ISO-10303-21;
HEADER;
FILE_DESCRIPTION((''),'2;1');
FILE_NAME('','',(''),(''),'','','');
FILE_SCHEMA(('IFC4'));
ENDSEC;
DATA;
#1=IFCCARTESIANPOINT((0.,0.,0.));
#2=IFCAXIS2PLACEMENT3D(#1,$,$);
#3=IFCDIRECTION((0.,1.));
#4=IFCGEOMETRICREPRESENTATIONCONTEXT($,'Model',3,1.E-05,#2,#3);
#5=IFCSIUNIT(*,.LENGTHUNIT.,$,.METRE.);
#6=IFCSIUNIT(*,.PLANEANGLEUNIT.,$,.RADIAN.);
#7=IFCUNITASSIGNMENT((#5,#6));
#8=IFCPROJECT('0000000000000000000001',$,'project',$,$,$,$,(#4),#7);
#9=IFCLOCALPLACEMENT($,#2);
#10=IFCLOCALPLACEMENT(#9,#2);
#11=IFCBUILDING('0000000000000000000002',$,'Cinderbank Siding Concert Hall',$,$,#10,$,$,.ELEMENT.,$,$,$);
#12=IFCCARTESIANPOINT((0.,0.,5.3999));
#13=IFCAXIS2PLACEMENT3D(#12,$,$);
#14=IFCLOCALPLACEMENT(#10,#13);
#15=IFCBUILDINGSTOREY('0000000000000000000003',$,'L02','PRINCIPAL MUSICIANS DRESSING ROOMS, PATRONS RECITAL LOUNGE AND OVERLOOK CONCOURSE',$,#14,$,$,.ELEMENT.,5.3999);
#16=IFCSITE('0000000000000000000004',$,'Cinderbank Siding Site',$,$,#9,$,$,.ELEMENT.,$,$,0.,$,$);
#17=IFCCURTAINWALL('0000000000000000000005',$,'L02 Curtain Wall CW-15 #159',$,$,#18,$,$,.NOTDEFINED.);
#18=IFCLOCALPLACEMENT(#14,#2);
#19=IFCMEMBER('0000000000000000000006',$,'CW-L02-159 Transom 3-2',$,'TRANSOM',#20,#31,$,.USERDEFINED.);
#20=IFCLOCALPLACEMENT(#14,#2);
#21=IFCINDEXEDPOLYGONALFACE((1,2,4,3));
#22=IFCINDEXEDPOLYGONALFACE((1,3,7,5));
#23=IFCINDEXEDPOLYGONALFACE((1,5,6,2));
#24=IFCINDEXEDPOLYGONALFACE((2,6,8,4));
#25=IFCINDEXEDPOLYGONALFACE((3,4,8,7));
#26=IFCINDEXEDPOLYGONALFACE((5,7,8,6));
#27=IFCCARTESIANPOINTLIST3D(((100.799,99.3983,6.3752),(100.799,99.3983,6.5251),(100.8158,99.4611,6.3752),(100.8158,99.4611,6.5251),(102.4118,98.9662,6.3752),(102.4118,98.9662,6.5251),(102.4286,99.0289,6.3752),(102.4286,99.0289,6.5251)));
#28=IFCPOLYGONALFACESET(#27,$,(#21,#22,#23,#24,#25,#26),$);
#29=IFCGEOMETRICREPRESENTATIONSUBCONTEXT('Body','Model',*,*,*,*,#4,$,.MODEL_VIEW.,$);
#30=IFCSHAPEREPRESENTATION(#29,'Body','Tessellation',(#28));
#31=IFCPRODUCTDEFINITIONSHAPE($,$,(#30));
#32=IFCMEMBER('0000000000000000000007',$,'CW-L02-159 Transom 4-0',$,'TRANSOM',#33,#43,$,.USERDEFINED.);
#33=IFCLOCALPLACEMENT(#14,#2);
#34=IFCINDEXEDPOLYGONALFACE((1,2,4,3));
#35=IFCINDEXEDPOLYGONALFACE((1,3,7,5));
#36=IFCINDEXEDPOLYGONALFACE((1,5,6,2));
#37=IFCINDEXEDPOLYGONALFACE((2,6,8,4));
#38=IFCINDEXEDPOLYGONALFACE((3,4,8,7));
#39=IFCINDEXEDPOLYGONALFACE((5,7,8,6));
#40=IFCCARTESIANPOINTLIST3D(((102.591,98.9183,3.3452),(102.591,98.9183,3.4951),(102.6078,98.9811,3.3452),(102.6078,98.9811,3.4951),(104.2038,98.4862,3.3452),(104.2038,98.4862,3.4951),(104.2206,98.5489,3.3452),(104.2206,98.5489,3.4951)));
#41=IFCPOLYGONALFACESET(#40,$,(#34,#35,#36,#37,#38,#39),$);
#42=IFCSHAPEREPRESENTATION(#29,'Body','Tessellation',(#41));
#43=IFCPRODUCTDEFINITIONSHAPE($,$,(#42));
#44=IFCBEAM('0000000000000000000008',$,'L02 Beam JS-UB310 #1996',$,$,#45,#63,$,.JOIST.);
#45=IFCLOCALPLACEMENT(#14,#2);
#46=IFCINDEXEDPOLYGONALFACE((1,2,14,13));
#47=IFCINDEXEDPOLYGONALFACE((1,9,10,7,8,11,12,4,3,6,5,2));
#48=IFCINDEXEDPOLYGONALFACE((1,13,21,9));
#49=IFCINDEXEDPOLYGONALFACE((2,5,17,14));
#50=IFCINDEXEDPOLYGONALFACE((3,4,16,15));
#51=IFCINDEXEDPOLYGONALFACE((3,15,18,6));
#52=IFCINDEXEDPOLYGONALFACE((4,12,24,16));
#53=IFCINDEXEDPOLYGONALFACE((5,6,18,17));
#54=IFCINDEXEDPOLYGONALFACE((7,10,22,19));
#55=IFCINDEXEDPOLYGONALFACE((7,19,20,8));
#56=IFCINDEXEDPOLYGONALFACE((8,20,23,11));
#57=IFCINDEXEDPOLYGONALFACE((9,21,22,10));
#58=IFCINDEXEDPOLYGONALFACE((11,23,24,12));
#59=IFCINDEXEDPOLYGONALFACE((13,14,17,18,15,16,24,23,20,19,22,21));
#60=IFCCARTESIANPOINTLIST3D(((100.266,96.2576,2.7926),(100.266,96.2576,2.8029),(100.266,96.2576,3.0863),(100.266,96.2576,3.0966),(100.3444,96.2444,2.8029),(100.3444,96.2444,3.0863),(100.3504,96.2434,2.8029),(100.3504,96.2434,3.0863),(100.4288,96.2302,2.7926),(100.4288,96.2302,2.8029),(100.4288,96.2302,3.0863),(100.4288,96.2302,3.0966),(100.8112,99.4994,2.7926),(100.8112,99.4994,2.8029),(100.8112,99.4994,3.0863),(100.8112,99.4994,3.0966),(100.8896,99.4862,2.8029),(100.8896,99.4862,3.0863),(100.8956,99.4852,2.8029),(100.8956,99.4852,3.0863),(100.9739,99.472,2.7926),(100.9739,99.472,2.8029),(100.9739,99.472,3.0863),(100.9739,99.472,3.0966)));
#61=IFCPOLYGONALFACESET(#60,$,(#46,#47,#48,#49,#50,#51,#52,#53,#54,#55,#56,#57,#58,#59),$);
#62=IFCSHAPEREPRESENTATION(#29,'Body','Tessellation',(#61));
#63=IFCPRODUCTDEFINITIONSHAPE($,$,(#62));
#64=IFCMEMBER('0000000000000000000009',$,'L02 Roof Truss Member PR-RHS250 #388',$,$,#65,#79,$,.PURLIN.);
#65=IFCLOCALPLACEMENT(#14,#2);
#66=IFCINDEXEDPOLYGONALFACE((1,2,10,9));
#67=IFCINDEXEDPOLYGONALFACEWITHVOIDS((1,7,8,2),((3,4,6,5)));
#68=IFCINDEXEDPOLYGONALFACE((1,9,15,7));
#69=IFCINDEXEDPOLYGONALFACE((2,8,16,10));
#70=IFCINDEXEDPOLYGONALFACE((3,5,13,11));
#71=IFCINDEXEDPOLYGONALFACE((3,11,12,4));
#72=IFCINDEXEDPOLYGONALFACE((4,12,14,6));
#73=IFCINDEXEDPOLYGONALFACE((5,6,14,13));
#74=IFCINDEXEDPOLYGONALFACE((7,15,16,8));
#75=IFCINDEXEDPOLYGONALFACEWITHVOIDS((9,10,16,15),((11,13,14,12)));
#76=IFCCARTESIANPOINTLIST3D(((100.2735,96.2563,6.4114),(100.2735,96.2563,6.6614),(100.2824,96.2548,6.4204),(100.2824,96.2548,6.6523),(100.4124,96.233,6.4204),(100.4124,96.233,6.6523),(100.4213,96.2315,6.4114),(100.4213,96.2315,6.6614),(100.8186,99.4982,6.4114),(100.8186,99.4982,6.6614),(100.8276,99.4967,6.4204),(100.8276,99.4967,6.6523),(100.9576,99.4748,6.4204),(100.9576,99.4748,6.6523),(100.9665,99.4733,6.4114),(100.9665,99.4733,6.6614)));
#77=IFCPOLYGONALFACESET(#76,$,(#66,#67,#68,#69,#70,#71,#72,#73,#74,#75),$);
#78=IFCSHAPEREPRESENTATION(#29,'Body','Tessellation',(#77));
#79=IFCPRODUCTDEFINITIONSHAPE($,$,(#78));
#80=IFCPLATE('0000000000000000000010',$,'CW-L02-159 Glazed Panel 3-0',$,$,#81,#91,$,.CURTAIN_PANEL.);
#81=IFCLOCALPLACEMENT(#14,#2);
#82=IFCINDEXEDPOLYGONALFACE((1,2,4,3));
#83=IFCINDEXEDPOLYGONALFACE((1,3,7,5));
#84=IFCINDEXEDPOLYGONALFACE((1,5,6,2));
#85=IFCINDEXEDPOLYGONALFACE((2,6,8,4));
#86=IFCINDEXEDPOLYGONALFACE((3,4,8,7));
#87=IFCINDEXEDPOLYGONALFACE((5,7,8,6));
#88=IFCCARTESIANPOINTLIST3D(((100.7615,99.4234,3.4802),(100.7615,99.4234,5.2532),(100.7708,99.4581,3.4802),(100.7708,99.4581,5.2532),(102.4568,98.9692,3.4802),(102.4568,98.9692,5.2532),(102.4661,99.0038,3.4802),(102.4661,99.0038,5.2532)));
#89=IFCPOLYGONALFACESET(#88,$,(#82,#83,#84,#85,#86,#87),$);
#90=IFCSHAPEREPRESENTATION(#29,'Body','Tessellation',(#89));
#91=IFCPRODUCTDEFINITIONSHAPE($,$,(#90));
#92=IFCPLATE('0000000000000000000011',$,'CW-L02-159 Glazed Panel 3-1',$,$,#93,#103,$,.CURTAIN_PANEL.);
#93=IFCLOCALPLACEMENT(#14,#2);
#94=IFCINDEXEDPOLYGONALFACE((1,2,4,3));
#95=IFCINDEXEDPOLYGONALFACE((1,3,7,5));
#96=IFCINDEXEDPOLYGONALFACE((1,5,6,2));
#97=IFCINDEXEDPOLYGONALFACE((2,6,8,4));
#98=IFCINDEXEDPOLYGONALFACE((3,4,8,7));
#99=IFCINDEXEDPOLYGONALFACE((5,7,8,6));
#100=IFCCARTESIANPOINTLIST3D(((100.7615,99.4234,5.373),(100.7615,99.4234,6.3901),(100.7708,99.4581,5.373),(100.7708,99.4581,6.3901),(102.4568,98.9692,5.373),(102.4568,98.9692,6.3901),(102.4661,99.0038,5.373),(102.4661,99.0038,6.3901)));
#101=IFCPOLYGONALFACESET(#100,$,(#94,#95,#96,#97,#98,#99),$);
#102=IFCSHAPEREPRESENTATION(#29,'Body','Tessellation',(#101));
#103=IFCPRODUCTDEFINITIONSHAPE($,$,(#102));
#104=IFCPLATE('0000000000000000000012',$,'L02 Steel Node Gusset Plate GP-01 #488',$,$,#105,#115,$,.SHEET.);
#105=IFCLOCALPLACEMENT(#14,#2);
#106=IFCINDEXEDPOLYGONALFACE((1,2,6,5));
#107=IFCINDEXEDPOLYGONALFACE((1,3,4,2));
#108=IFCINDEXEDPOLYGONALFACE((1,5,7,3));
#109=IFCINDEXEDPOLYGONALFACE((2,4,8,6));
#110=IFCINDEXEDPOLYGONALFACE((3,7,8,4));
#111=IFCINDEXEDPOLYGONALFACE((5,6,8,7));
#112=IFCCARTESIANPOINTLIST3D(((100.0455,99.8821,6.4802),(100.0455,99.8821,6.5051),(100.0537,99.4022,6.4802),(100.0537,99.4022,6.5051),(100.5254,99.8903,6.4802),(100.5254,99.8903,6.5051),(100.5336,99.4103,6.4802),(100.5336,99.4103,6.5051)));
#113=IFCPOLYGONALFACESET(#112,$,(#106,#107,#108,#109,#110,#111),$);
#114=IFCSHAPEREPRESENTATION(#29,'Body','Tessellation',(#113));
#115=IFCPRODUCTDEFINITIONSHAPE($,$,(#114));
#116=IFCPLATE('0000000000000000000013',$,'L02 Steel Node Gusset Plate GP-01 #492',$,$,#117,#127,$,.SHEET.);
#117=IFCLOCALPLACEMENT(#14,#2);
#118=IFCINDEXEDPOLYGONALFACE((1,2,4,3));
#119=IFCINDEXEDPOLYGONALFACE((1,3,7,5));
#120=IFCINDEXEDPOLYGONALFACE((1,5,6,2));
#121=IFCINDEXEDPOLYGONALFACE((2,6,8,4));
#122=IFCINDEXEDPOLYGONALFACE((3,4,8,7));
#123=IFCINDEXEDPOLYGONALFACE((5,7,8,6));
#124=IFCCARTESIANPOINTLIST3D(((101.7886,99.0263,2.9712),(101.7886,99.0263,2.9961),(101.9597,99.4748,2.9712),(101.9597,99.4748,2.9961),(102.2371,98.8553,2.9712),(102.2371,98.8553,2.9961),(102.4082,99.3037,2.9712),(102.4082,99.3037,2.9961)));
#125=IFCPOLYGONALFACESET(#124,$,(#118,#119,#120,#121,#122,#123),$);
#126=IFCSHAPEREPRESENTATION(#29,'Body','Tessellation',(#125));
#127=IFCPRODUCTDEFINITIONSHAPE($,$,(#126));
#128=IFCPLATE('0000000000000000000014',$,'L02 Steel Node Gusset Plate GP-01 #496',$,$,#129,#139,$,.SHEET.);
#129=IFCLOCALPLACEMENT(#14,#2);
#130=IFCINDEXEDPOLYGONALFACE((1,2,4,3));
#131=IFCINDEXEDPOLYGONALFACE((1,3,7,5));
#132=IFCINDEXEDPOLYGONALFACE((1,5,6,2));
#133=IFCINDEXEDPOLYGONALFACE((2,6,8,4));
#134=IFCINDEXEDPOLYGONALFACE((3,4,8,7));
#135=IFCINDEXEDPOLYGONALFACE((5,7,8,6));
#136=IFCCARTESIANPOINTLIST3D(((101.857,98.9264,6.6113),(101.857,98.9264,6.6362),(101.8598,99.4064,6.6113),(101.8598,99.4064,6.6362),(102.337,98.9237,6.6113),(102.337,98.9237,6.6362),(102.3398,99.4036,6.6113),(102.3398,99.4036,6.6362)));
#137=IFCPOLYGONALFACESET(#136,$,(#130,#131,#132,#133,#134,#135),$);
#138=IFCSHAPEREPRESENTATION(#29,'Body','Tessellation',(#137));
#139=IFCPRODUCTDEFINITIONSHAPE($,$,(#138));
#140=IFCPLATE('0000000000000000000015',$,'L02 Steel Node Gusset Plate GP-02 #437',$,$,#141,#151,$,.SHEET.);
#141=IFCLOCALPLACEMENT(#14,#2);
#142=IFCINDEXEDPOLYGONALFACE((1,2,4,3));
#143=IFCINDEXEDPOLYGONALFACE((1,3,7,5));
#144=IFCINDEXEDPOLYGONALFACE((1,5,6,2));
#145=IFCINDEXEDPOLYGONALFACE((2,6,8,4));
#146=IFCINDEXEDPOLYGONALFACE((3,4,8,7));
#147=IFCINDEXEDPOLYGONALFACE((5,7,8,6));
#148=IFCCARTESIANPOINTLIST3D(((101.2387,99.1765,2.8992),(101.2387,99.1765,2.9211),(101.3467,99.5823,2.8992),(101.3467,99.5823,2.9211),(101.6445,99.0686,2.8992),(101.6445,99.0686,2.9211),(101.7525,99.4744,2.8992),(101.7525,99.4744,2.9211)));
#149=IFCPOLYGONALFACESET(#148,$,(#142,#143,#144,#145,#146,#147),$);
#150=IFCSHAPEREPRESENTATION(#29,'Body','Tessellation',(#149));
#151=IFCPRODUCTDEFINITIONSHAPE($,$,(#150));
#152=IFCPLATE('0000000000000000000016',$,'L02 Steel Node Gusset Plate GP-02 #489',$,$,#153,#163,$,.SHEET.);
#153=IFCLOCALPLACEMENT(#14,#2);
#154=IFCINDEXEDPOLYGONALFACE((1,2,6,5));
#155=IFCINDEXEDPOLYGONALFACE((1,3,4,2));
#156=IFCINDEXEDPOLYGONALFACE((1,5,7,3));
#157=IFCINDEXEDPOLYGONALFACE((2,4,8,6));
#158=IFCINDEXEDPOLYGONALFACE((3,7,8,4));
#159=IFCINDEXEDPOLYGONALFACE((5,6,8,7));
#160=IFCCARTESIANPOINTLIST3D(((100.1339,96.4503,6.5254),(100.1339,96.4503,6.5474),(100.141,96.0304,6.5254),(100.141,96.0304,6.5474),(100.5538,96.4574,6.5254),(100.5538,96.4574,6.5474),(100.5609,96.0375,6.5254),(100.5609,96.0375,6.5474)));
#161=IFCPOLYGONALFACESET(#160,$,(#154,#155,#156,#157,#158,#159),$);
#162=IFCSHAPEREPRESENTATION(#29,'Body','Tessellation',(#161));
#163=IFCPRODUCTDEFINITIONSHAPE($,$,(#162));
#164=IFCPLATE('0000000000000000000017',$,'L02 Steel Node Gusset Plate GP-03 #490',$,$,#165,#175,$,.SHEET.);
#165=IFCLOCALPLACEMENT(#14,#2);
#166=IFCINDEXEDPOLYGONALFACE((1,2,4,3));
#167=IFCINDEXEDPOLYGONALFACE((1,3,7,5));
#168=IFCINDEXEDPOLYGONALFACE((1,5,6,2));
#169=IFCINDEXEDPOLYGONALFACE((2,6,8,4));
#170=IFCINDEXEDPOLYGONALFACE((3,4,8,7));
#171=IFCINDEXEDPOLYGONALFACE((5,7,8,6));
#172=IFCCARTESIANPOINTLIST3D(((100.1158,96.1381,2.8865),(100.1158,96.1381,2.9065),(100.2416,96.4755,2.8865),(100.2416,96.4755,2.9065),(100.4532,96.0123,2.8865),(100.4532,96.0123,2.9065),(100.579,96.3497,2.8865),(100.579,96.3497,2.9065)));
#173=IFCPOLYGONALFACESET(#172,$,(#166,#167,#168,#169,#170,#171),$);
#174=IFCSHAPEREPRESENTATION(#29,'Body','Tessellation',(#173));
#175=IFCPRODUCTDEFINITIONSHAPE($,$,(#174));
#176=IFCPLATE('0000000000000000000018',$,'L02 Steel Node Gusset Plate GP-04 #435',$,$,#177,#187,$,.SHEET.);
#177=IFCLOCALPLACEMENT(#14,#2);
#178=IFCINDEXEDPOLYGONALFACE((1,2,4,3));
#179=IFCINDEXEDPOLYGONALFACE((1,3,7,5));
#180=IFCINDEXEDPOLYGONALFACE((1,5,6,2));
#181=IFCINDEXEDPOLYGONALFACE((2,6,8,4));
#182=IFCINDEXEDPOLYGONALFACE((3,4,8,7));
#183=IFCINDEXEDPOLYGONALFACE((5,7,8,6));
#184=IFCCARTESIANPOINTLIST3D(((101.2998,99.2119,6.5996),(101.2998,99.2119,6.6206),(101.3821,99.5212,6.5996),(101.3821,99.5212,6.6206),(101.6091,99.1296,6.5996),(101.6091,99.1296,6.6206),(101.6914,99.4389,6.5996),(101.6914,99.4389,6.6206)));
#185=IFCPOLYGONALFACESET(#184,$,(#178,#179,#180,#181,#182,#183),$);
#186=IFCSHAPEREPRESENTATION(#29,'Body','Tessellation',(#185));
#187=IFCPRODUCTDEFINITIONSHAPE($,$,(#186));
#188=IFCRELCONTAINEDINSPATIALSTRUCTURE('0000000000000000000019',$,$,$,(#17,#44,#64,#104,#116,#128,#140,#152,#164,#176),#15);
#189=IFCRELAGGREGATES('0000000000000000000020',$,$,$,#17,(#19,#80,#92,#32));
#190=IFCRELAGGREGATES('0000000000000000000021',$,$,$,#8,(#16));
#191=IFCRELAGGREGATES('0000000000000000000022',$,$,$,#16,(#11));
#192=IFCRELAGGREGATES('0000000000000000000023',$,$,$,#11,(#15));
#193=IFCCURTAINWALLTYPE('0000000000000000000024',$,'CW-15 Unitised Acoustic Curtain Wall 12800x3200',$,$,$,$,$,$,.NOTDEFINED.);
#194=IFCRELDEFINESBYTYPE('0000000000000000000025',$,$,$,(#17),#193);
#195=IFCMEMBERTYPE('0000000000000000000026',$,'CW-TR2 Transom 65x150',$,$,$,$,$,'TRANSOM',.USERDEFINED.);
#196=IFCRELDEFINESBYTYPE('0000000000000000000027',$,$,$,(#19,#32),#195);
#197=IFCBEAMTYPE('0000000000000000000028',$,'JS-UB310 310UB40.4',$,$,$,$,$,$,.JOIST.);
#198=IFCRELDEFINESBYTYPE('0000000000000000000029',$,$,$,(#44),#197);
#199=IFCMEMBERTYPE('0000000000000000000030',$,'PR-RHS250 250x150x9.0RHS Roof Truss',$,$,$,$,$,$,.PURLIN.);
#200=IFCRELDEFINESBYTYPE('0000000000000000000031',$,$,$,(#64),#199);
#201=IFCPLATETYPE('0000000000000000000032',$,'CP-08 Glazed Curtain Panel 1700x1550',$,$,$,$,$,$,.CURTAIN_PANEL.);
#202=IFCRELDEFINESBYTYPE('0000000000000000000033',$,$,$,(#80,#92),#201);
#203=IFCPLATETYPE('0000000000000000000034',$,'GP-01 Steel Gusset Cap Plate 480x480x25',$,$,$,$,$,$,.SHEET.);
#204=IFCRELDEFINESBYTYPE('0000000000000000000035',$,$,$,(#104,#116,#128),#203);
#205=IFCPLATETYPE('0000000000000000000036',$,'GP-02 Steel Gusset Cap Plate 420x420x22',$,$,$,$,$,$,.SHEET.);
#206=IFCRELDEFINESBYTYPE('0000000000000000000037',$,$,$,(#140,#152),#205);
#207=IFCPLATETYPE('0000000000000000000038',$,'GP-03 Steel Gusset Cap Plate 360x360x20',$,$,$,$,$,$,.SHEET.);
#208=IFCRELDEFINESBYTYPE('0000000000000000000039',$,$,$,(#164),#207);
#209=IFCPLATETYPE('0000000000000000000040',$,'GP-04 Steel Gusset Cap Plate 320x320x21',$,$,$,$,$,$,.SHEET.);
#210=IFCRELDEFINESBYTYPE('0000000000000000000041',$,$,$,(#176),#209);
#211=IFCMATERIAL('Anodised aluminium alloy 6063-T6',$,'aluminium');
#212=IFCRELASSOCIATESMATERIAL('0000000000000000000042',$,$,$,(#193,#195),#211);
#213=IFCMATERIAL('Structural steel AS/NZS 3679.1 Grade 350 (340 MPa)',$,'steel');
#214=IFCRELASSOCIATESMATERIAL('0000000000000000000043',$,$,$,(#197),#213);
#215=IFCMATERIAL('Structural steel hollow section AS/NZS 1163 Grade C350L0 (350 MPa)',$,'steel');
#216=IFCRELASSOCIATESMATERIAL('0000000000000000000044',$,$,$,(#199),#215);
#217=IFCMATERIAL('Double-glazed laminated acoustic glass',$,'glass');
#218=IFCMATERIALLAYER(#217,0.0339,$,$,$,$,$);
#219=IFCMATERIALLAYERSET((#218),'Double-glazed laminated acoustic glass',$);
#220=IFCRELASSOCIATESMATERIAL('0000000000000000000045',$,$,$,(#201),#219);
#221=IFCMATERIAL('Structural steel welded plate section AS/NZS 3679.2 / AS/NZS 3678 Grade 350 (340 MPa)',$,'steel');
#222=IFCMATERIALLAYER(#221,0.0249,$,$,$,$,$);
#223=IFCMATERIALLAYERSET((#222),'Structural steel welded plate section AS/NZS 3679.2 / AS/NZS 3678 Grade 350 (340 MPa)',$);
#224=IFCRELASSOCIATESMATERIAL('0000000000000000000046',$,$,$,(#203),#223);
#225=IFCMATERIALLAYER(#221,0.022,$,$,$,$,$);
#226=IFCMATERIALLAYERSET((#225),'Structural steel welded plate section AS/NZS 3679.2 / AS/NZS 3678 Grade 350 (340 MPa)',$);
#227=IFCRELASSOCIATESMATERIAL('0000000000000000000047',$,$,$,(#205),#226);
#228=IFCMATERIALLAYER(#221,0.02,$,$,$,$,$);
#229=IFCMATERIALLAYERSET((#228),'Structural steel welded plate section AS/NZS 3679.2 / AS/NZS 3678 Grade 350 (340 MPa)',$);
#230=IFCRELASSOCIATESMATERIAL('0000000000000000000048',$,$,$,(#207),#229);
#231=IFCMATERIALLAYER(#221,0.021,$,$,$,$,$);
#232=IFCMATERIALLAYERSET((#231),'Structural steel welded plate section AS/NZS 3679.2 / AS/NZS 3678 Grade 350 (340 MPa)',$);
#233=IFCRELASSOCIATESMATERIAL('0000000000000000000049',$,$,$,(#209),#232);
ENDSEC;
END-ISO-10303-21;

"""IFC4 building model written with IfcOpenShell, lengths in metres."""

from ifc_helpers import new_model, si_unit, direction, frame, origin, origin_2d, place, context, subcontext, project, spatial, rectangle, hollow_rectangle, i_section, extrude, material, layer, layer_set, material_profile, profile_set, type_object, element, aggregate, save


model = new_model("IFC4")

# Units and contexts
model_context = context("Model", 3, precision=1e-05, world=origin(), true_north=direction((0.0, 1.0)))
body_context = subcontext(model_context, "Body", "Model", "MODEL_VIEW")
ifc_project = project(units=[si_unit("LENGTHUNIT", "METRE"), si_unit("PLANEANGLEUNIT", "RADIAN")], contexts=[model_context])

# Site, building, storey
site_placement = place(None, origin())
site = spatial("IfcSite", under=ifc_project, at=site_placement, Name="Cinderbank Siding Site", CompositionType="ELEMENT", RefElevation=0.0)
building_placement = place(site_placement, origin())
building = spatial("IfcBuilding", under=site, at=building_placement, Name="Cinderbank Siding Concert Hall", CompositionType="ELEMENT")
storey_placement = place(building_placement, frame((0.0, 0.0, 5.3999)))
storey = spatial("IfcBuildingStorey", under=building, at=storey_placement, Name="L02", Description="PRINCIPAL MUSICIANS DRESSING ROOMS, PATRONS RECITAL LOUNGE AND OVERLOOK CONCOURSE", CompositionType="ELEMENT", Elevation=5.3999)

# Shared definitions
ifc_material_1 = material(Name="Structural steel hollow section AS/NZS 1163 Grade C350L0 (350 MPa)", Category="steel")

# Shared definitions
ifc_material_2 = material(Name="Anodised aluminium alloy 6063-T6", Category="aluminium")
curtain_wall_type = type_object("IfcCurtainWallType", Name="CW-15 Unitised Acoustic Curtain Wall 12800x3200", PredefinedType="NOTDEFINED", material=ifc_material_2)

# Curtain wall
curtain_wall_1_placement = place(storey_placement, origin())
curtain_wall_1 = element("IfcCurtainWall", 1, at=curtain_wall_1_placement, inside=storey, type_object=curtain_wall_type, Name="L02 Curtain Wall CW-15 #159", PredefinedType="NOTDEFINED")

# Members
ifc_material_profile_1 = material_profile(ifc_material_2, rectangle(XDim=0.0649, YDim=0.1499, at=origin_2d()), Name="ALU-TRAN-65x150", Category="LoadBearing")
ifc_profile_set_1 = profile_set([ifc_material_profile_1], Name="Anodised aluminium alloy 6063-T6")
member_type_1 = type_object("IfcMemberType", Name="CW-TR2 Transom 65x150", ElementType="TRANSOM", PredefinedType="USERDEFINED", material=ifc_profile_set_1)
member_1_placement = place(storey_placement, frame((100.8074, 99.4297, 6.4502), z_axis=(0.965928, -0.258809, 0.0), x_axis=(0.258809, 0.965928, 0.0)))
member_1 = element("IfcMember", 2, at=member_1_placement, type_object=member_type_1, Name="CW-L02-159 Transom 3-2", ObjectType="TRANSOM", PredefinedType="USERDEFINED", context=body_context, shape_type="SweptSolid", body=[
    extrude(rectangle(XDim=0.0649, YDim=0.1499, at=origin_2d()), origin(), (0.0, 0.0, 1.0), 1.6697),
])
member_2_placement = place(storey_placement, frame((102.5994, 98.9497, 3.4202), z_axis=(0.965928, -0.258809, 0.0), x_axis=(0.258809, 0.965928, 0.0)))
member_2 = element("IfcMember", 3, at=member_2_placement, type_object=member_type_1, Name="CW-L02-159 Transom 4-0", ObjectType="TRANSOM", PredefinedType="USERDEFINED", context=body_context, shape_type="SweptSolid", body=[
    extrude(rectangle(XDim=0.0649, YDim=0.1499, at=origin_2d()), origin(), (0.0, 0.0, 1.0), 1.6697),
])

# Beam
ifc_material_3 = material(Name="Structural steel AS/NZS 3679.1 Grade 350 (340 MPa)", Category="steel")
ifc_material_profile_2 = material_profile(ifc_material_3, i_section(OverallWidth=0.165, OverallDepth=0.304, WebThickness=0.0061, FlangeThickness=0.0103, at=origin_2d()), Name="310UB40.4", Category="LoadBearing")
ifc_profile_set_2 = profile_set([ifc_material_profile_2], Name="Structural steel AS/NZS 3679.1 Grade 350 (340 MPa)")
beam_type = type_object("IfcBeamType", Name="JS-UB310 310UB40.4", PredefinedType="JOIST", material=ifc_profile_set_2)
beam_placement = place(storey_placement, frame((100.3474, 96.2439, 2.9446), z_axis=(0.165832, 0.986154, 0.0), x_axis=(-0.986154, 0.165832, 0.0)))
element("IfcBeam", 4, at=beam_placement, inside=storey, type_object=beam_type, Name="L02 Beam JS-UB310 #1996", PredefinedType="JOIST", context=body_context, shape_type="SweptSolid", body=[
    extrude(i_section(OverallWidth=0.165, OverallDepth=0.304, WebThickness=0.0061, FlangeThickness=0.0103, at=origin_2d()), origin(), (0.0, 0.0, 1.0), 3.2874),
])

# Member
ifc_material_profile_3 = material_profile(ifc_material_1, hollow_rectangle(XDim=0.1499, YDim=0.25, WallThickness=0.009, at=origin_2d()), Name="250x150x9.0RHS", Category="LoadBearing")
ifc_profile_set_3 = profile_set([ifc_material_profile_3], Name="Structural steel hollow section AS/NZS 1163 Grade C350L0 (350 MPa)")
member_type_2 = type_object("IfcMemberType", Name="PR-RHS250 250x150x9.0RHS Roof Truss", PredefinedType="PURLIN", material=ifc_profile_set_3)
member_3_placement = place(storey_placement, frame((100.3474, 96.2439, 6.5364), z_axis=(0.165832, 0.986154, 0.0), x_axis=(-0.986154, 0.165832, 0.0)))
element("IfcMember", 5, at=member_3_placement, inside=storey, type_object=member_type_2, Name="L02 Roof Truss Member PR-RHS250 #388", PredefinedType="PURLIN", context=body_context, shape_type="SweptSolid", body=[
    extrude(hollow_rectangle(XDim=0.1499, YDim=0.25, WallThickness=0.009, at=origin_2d()), origin(), (0.0, 0.0, 1.0), 3.2874),
])

# Plates
ifc_material_4 = material(Name="Double-glazed laminated acoustic glass", Category="glass")
ifc_layer_1 = layer(ifc_material_4, 0.0339)
ifc_layer_set_1 = layer_set([ifc_layer_1], Name="Double-glazed laminated acoustic glass")
plate_type_1 = type_object("IfcPlateType", Name="CP-08 Glazed Curtain Panel 1700x1550", PredefinedType="CURTAIN_PANEL", material=ifc_layer_set_1)
plate_1_placement = place(storey_placement, frame((101.6138, 99.2136, 3.4802), z_axis=(0.0, 0.0, 1.0), x_axis=(0.965926, -0.258818, 0.0)))
plate_1 = element("IfcPlate", 6, at=plate_1_placement, type_object=plate_type_1, Name="CW-L02-159 Glazed Panel 3-0", PredefinedType="CURTAIN_PANEL", context=body_context, shape_type="SweptSolid", body=[
    extrude(rectangle(XDim=1.7551, YDim=0.0359, at=origin_2d()), origin(), (0.0, 0.0, 1.0), 1.7729),
])
plate_2_placement = place(storey_placement, frame((101.6138, 99.2136, 5.373), z_axis=(0.0, 0.0, 1.0), x_axis=(0.965926, -0.258818, 0.0)))
plate_2 = element("IfcPlate", 7, at=plate_2_placement, type_object=plate_type_1, Name="CW-L02-159 Glazed Panel 3-1", PredefinedType="CURTAIN_PANEL", context=body_context, shape_type="SweptSolid", body=[
    extrude(rectangle(XDim=1.7551, YDim=0.0359, at=origin_2d()), origin(), (0.0, 0.0, 1.0), 1.0171),
])
aggregate(curtain_wall_1, [member_1, plate_1, plate_2, member_2])

# Plates
ifc_material_5 = material(Name="Structural steel welded plate section AS/NZS 3679.2 / AS/NZS 3678 Grade 350 (340 MPa)", Category="steel")
ifc_layer_2 = layer(ifc_material_5, 0.0249)
ifc_layer_set_2 = layer_set([ifc_layer_2], Name="Structural steel welded plate section AS/NZS 3679.2 / AS/NZS 3678 Grade 350 (340 MPa)")
plate_type_2 = type_object("IfcPlateType", Name="GP-01 Steel Gusset Cap Plate 480x480x25", PredefinedType="SHEET", material=ifc_layer_set_2)
for number, where, z_axis, x_axis, name in (
    (8, (100.2896, 99.6462, 6.4802), (0.0, 0.0, 1.0), (0.016929, -0.999857, 0.0), "L02 Steel Node Gusset Plate GP-01 #488"),
    (9, (102.0984, 99.165, 2.9712), (0.0, 0.0, 1.0), (0.356412, 0.934329, 0.0), "L02 Steel Node Gusset Plate GP-01 #492"),
    (10, (102.0984, 99.165, 6.6113), (0.0, 0.0, 1.0), (-0.00576, -0.999983, 0.0), "L02 Steel Node Gusset Plate GP-01 #496"),
):
    element("IfcPlate", number, at=place(storey_placement, frame(where, z_axis=z_axis, x_axis=x_axis)), inside=storey, type_object=plate_type_2, Name=name, PredefinedType="SHEET", context=body_context, shape_type="SweptSolid", body=[
        extrude(rectangle(XDim=0.48, YDim=0.48, at=origin_2d()), origin(), (0.0, 0.0, 1.0), 0.0249),
    ])
ifc_layer_3 = layer(ifc_material_5, 0.022)
ifc_layer_set_3 = layer_set([ifc_layer_3], Name="Structural steel welded plate section AS/NZS 3679.2 / AS/NZS 3678 Grade 350 (340 MPa)")
plate_type_3 = type_object("IfcPlateType", Name="GP-02 Steel Gusset Cap Plate 420x420x22", PredefinedType="SHEET", material=ifc_layer_set_3)
for number, where, z_axis, x_axis, name in (
    (11, (101.4956, 99.3254, 2.8992), (0.0, 0.0, 1.0), (0.966376, -0.257133, 0.0), "L02 Steel Node Gusset Plate GP-02 #437"),
    (12, (100.3474, 96.2439, 6.5254), (0.0, 0.0, 1.0), (0.016929, -0.999857, 0.0), "L02 Steel Node Gusset Plate GP-02 #489"),
):
    element("IfcPlate", number, at=place(storey_placement, frame(where, z_axis=z_axis, x_axis=x_axis)), inside=storey, type_object=plate_type_3, Name=name, PredefinedType="SHEET", context=body_context, shape_type="SweptSolid", body=[
        extrude(rectangle(XDim=0.4199, YDim=0.4199, at=origin_2d()), origin(), (0.0, 0.0, 1.0), 0.022),
    ])
ifc_layer_4 = layer(ifc_material_5, 0.02)
ifc_layer_set_4 = layer_set([ifc_layer_4], Name="Structural steel welded plate section AS/NZS 3679.2 / AS/NZS 3678 Grade 350 (340 MPa)")
plate_type_4 = type_object("IfcPlateType", Name="GP-03 Steel Gusset Cap Plate 360x360x20", PredefinedType="SHEET", material=ifc_layer_set_4)
plate_3_placement = place(storey_placement, frame((100.3474, 96.2439, 2.8865), z_axis=(0.0, 0.0, 1.0), x_axis=(0.349226, 0.937038, 0.0)))
element("IfcPlate", 13, at=plate_3_placement, inside=storey, type_object=plate_type_4, Name="L02 Steel Node Gusset Plate GP-03 #490", PredefinedType="SHEET", context=body_context, shape_type="SweptSolid", body=[
    extrude(rectangle(XDim=0.3601, YDim=0.3601, at=origin_2d()), origin(), (0.0, 0.0, 1.0), 0.02),
])
ifc_layer_5 = layer(ifc_material_5, 0.021)
ifc_layer_set_5 = layer_set([ifc_layer_5], Name="Structural steel welded plate section AS/NZS 3679.2 / AS/NZS 3678 Grade 350 (340 MPa)")
plate_type_5 = type_object("IfcPlateType", Name="GP-04 Steel Gusset Cap Plate 320x320x21", PredefinedType="SHEET", material=ifc_layer_set_5)
for number, where, z_axis, x_axis, name in (
    (14, (101.4956, 99.3254, 6.5996), (0.0, 0.0, 1.0), (0.966376, -0.257133, 0.0), "L02 Steel Node Gusset Plate GP-04 #435"),
):
    element("IfcPlate", number, at=place(storey_placement, frame(where, z_axis=z_axis, x_axis=x_axis)), inside=storey, type_object=plate_type_5, Name=name, PredefinedType="SHEET", context=body_context, shape_type="SweptSolid", body=[
        extrude(rectangle(XDim=0.3201, YDim=0.3201, at=origin_2d()), origin(), (0.0, 0.0, 1.0), 0.021),
    ])

save(model, "model.ifc")
